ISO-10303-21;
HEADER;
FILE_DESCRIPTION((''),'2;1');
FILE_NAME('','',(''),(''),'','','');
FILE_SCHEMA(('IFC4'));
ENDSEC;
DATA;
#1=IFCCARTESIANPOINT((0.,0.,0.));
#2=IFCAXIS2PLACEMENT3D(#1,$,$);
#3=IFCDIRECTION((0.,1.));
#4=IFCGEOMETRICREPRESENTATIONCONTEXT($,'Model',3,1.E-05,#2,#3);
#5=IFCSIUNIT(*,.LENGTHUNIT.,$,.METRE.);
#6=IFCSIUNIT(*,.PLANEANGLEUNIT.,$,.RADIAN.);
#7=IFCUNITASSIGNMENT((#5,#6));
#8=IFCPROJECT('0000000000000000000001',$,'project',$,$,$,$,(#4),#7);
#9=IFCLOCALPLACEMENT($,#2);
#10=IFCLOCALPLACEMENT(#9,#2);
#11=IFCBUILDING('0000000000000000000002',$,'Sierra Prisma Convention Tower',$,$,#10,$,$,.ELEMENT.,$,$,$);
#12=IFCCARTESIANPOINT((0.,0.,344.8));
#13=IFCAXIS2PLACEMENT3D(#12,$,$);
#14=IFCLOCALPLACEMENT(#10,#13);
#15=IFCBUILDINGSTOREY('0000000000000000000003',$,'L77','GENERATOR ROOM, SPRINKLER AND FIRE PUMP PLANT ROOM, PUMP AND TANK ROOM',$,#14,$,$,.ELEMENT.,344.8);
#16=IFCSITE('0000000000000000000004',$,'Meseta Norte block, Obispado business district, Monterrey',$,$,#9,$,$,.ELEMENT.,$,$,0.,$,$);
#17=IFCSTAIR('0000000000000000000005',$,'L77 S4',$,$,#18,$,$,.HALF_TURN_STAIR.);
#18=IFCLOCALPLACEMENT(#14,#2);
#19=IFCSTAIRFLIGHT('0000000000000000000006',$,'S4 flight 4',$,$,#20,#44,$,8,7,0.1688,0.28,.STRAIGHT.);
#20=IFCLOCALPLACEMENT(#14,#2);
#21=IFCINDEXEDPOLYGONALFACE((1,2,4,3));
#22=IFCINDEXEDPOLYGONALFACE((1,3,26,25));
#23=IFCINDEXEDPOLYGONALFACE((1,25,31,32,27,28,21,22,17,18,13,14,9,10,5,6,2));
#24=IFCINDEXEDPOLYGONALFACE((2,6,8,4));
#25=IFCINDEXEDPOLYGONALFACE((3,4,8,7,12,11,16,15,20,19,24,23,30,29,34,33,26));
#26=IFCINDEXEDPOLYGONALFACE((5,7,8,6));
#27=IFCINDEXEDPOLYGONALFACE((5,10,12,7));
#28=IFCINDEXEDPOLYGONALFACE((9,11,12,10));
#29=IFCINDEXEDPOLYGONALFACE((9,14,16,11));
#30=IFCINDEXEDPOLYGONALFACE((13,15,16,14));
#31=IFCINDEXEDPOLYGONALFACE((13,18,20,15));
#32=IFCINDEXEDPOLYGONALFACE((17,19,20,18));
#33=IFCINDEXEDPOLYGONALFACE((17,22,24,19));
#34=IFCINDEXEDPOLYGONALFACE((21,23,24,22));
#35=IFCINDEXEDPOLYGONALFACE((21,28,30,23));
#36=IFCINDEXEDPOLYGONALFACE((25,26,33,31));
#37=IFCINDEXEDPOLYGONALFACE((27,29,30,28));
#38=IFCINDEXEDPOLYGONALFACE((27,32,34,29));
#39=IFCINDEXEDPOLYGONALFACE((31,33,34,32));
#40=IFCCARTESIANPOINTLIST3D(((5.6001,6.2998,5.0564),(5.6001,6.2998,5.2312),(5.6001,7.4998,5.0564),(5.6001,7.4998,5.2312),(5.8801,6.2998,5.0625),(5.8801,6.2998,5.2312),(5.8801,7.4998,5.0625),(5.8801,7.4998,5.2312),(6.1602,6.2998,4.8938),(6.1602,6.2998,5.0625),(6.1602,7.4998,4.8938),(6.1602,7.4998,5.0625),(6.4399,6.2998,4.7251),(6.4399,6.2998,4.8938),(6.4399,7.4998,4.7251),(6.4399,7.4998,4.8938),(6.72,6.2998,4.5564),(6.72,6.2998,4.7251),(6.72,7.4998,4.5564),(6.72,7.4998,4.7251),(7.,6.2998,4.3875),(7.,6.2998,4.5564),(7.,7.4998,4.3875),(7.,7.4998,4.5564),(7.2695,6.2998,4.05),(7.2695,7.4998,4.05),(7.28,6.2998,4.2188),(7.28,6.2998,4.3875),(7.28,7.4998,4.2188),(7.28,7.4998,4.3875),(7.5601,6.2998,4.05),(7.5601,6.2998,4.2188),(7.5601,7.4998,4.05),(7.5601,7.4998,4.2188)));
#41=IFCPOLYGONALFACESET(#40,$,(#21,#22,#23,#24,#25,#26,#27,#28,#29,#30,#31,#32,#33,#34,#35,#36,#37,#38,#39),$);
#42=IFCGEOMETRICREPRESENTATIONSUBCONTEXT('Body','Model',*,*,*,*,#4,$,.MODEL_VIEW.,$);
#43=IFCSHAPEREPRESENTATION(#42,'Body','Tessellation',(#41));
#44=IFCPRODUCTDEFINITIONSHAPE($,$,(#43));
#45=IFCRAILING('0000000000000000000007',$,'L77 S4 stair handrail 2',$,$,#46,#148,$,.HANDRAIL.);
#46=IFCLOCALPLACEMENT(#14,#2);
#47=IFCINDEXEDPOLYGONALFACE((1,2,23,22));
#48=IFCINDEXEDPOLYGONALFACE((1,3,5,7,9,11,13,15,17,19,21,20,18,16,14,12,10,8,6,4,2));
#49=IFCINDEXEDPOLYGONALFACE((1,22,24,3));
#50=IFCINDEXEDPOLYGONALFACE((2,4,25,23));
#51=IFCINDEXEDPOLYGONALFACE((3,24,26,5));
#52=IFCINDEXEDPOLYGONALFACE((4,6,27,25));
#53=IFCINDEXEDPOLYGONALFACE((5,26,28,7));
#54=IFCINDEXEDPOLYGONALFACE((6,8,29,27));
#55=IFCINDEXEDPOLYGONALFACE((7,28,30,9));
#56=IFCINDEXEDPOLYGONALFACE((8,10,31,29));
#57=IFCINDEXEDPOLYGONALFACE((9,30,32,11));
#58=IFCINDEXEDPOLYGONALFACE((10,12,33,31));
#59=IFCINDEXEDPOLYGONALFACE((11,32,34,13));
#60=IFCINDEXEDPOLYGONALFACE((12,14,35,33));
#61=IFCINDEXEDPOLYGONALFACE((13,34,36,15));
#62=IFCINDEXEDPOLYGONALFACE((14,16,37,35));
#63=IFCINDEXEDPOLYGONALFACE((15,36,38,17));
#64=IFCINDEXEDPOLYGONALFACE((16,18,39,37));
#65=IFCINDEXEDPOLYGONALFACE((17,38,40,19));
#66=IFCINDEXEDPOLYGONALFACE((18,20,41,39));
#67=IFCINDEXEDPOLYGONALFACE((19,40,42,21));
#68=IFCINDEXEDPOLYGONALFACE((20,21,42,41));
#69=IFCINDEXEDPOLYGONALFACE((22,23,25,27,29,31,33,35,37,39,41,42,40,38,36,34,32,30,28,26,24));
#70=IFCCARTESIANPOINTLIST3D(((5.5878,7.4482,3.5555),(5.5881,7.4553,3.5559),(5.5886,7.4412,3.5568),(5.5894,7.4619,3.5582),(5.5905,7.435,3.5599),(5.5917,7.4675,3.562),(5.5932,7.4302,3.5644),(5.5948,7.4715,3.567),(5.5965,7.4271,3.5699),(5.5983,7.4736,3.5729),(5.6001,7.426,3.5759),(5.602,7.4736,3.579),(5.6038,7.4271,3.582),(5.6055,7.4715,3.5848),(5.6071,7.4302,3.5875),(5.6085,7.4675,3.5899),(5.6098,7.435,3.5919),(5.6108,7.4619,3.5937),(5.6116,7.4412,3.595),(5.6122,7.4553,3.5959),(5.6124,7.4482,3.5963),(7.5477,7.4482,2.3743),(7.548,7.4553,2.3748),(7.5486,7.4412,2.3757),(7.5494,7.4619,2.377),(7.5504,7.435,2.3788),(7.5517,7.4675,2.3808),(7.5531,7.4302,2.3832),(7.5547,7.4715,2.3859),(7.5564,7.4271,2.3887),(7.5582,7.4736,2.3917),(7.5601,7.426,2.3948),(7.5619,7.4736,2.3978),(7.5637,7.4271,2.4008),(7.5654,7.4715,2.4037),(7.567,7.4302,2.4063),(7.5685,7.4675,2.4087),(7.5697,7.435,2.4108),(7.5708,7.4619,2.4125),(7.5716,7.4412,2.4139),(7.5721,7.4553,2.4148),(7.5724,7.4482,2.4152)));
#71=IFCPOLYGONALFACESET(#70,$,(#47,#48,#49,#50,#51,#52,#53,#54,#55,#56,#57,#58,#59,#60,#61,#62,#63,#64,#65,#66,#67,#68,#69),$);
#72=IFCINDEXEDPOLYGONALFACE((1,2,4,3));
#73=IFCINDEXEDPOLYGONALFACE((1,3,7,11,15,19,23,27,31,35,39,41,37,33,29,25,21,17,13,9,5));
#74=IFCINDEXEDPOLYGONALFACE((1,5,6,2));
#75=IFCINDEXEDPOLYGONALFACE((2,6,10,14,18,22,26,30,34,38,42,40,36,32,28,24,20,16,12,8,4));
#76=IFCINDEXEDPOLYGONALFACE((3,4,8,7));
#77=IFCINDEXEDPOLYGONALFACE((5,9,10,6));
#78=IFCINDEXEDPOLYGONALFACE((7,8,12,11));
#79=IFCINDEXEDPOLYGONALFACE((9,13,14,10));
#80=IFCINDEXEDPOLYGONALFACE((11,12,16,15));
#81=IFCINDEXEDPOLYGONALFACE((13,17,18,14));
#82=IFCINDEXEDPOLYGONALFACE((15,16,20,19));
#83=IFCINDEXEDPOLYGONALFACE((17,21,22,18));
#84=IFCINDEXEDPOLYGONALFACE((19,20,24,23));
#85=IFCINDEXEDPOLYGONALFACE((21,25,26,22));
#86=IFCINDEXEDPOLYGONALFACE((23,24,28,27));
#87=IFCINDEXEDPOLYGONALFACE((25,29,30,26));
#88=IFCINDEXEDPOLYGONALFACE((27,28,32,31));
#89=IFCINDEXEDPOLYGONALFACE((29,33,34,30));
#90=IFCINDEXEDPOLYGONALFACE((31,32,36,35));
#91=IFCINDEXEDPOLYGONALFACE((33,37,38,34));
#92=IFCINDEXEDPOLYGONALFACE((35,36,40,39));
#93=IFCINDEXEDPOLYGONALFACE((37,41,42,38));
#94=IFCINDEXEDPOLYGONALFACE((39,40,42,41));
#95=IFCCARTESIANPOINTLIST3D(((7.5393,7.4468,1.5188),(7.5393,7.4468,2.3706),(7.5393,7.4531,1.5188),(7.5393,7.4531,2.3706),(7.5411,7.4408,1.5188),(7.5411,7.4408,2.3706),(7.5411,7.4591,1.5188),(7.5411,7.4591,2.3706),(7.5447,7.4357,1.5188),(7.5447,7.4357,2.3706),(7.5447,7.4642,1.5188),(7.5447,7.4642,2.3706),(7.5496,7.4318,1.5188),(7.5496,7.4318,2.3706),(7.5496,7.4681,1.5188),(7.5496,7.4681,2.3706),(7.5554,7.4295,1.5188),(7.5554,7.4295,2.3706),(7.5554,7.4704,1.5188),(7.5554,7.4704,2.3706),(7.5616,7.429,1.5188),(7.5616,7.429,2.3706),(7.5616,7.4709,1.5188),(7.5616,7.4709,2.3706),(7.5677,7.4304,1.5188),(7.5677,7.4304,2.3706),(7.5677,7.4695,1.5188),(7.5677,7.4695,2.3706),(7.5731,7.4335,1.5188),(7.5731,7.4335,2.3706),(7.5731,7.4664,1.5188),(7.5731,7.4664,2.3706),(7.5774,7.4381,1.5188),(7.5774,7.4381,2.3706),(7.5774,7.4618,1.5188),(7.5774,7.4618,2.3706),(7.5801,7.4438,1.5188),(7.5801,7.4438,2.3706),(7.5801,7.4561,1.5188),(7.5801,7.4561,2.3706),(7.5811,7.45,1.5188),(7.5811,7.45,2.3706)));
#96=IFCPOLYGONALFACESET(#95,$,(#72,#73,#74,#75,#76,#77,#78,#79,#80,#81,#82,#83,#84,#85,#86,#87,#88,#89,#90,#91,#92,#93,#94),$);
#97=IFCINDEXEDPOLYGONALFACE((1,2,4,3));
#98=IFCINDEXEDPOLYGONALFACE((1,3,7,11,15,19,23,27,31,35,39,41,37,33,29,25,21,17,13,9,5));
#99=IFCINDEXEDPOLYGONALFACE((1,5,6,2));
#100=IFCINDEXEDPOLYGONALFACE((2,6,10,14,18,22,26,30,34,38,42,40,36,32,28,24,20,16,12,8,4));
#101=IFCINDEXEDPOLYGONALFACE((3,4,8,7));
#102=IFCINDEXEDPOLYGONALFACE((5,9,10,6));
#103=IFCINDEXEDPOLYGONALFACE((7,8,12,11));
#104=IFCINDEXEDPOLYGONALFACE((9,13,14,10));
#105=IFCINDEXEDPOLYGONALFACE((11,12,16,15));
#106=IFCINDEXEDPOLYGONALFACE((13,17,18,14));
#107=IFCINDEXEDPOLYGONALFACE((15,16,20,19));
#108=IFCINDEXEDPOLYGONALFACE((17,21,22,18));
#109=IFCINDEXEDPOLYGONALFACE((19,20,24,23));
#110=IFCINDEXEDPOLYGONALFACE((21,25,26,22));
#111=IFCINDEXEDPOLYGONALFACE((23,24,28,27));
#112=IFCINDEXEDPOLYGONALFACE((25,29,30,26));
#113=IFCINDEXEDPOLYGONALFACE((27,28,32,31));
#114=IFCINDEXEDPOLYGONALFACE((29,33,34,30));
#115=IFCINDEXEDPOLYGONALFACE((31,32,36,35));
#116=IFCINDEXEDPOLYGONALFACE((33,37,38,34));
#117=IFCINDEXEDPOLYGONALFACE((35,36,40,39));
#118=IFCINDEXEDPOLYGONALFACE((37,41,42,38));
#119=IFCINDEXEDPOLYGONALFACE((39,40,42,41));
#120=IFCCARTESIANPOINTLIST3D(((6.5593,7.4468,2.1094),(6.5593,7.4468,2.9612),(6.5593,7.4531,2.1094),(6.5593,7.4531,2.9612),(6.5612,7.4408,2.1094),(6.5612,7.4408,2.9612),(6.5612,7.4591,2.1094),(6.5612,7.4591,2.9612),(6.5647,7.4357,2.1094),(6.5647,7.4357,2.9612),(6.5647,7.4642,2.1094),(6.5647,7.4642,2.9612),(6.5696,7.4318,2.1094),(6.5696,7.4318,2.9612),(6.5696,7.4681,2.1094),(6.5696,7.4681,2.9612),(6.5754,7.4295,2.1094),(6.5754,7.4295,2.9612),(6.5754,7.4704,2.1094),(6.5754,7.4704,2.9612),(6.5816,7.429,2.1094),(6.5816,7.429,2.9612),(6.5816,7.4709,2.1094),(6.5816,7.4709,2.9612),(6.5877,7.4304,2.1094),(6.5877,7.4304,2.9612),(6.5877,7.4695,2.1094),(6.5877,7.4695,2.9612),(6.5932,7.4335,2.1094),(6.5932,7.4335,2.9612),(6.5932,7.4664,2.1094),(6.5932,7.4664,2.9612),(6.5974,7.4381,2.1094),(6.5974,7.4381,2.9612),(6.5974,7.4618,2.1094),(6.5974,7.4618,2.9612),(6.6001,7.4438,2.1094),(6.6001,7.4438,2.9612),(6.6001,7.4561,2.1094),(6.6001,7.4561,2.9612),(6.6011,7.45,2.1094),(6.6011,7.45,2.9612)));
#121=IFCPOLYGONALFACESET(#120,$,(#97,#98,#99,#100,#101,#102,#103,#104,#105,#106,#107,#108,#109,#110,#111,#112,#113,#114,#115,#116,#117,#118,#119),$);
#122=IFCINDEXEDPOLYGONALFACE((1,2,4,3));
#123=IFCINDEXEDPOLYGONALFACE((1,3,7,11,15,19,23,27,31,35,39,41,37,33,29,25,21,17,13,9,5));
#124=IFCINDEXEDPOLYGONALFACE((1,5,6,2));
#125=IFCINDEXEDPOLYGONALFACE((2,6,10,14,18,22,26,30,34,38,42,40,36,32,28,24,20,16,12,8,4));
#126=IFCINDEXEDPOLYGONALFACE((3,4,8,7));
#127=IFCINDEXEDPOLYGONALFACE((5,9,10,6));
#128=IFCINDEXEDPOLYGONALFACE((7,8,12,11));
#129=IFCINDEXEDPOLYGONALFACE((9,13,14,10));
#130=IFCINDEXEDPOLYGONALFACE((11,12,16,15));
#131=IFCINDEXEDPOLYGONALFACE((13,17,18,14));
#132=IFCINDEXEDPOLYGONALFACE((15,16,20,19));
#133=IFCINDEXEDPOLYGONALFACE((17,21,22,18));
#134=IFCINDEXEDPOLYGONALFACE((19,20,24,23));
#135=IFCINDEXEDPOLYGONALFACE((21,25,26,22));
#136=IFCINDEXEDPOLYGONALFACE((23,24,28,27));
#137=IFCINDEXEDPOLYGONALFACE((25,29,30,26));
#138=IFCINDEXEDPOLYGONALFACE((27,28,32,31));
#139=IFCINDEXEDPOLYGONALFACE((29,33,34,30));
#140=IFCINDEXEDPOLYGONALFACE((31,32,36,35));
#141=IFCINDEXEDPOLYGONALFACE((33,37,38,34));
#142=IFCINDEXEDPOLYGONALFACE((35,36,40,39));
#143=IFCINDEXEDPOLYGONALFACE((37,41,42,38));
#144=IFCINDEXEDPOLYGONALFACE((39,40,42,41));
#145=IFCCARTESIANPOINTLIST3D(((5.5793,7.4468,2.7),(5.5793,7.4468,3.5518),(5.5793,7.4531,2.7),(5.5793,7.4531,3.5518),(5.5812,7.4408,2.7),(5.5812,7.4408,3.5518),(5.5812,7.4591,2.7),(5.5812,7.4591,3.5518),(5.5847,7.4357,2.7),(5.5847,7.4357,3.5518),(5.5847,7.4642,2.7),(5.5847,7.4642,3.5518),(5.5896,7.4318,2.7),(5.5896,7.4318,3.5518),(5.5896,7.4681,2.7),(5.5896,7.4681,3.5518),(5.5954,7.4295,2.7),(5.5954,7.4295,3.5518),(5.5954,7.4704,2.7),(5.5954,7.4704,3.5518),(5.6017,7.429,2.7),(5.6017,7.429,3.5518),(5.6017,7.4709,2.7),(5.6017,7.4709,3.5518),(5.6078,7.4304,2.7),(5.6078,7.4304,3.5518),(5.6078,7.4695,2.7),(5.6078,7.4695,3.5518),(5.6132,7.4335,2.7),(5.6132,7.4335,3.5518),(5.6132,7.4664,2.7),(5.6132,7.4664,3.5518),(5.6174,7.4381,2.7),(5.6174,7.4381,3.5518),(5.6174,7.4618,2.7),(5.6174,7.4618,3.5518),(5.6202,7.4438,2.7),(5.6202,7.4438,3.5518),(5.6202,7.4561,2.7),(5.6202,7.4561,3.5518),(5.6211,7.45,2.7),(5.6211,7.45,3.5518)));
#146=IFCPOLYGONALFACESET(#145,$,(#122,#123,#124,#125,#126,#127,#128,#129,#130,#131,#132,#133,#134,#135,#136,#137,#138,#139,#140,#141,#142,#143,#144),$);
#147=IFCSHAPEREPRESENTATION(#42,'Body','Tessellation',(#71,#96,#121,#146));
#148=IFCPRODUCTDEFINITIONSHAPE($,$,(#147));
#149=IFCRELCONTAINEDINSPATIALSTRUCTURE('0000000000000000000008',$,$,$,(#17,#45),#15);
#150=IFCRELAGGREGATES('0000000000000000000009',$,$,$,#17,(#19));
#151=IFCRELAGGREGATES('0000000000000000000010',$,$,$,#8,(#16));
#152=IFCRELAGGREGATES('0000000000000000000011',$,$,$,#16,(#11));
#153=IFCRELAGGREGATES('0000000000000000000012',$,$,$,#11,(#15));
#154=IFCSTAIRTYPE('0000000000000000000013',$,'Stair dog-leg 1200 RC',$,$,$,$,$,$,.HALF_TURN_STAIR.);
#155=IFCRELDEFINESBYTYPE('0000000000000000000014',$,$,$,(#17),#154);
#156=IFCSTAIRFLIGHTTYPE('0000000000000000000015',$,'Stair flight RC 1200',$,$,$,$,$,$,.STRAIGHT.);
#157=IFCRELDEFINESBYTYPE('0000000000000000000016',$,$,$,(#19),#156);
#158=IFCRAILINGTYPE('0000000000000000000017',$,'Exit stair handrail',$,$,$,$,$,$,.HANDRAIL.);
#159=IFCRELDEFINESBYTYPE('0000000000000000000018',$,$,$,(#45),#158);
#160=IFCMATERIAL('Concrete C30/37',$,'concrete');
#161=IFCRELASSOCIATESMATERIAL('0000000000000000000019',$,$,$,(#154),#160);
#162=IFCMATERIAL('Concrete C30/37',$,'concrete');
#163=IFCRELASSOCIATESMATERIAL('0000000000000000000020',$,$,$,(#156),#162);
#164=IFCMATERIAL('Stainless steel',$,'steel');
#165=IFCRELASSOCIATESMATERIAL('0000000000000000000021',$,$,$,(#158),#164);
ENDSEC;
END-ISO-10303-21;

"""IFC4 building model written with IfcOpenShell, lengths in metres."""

from ifc_helpers import new_model, si_unit, direction, frame, origin, origin_2d, place, context, subcontext, project, spatial, polyline, circle, outline, extrude, material, type_object, element, aggregate, save


model = new_model("IFC4")

# Units and contexts
model_context = context("Model", 3, precision=1e-05, world=origin(), true_north=direction((0.0, 1.0)))
body_context = subcontext(model_context, "Body", "Model", "MODEL_VIEW")
ifc_project = project(units=[si_unit("LENGTHUNIT", "METRE"), si_unit("PLANEANGLEUNIT", "RADIAN")], contexts=[model_context])

# Site, building, storey
site_placement = place(None, origin())
site = spatial("IfcSite", under=ifc_project, at=site_placement, Name="Meseta Norte block, Obispado business district, Monterrey", CompositionType="ELEMENT", RefElevation=0.0)
building_placement = place(site_placement, origin())
building = spatial("IfcBuilding", under=site, at=building_placement, Name="Sierra Prisma Convention Tower", CompositionType="ELEMENT")
storey_placement = place(building_placement, frame((0.0, 0.0, 344.8)))
storey = spatial("IfcBuildingStorey", under=building, at=storey_placement, Name="L77", Description="GENERATOR ROOM, SPRINKLER AND FIRE PUMP PLANT ROOM, PUMP AND TANK ROOM", CompositionType="ELEMENT", Elevation=344.8)

# Stair, stair flight
ifc_material_1 = material(Name="Concrete C30/37", Category="concrete")
stair_type = type_object("IfcStairType", Name="Stair dog-leg 1200 RC", PredefinedType="HALF_TURN_STAIR", material=ifc_material_1)
stair_placement = place(storey_placement, origin())
stair = element("IfcStair", 1, at=stair_placement, inside=storey, type_object=stair_type, Name="L77 S4", PredefinedType="HALF_TURN_STAIR")
ifc_material_2 = material(Name="Concrete C30/37", Category="concrete")
stair_flight_type = type_object("IfcStairFlightType", Name="Stair flight RC 1200", PredefinedType="STRAIGHT", material=ifc_material_2)
stair_flight_1_placement = place(storey_placement, frame((7.5601, 6.8999, 4.05), z_axis=(0.0, 0.0, 1.0), x_axis=(-1.0, 0.0, 0.0)))
stair_flight_1 = element("IfcStairFlight", 2, at=stair_flight_1_placement, type_object=stair_flight_type, Name="S4 flight 4", NumberOfRisers=8, NumberOfTreads=7, PredefinedType="STRAIGHT", RiserHeight=0.1688, TreadLength=0.28, context=body_context, shape_type="SweptSolid", body=[
    extrude(outline(polyline([(0.0, 0.0), (0.0, 0.1687), (0.28, 0.1687), (0.28, 0.3374), (0.5601, 0.3374), (0.5601, 0.5063), (0.8401, 0.5063), (0.8401, 0.675), (1.1201, 0.675), (1.1201, 0.8438), (1.3999, 0.8438), (1.3999, 1.0125), (1.6799, 1.0125), (1.6799, 1.1812), (1.96, 1.1812), (1.96, 1.3501), (1.96, 1.0063), (0.2905, 0.0), (0.0, 0.0)])), frame((0.0, 0.6001, 0.0), z_axis=(0.0, -1.0, 0.0), x_axis=(1.0, 0.0, 0.0)), (0.0, 0.0, 1.0), 1.2),
])
aggregate(stair, [stair_flight_1])

# Railing
ifc_material_3 = material(Name="Stainless steel", Category="steel")
railing_type_1 = type_object("IfcRailingType", Name="Exit stair handrail", PredefinedType="HANDRAIL", material=ifc_material_3)
for number, where, name in (
    (3, (7.5601, 7.45, 1.5188), "L77 S4 stair handrail 2"),
):
    element("IfcRailing", number, at=place(storey_placement, frame(where)), inside=storey, type_object=railing_type_1, Name=name, PredefinedType="HANDRAIL", context=body_context, shape_type="SweptSolid", body=[
        extrude(circle(Radius=0.0239, at=origin_2d()), frame((0.0, 0.0, 0.876), z_axis=(-0.856493, 0.0, 0.516158), x_axis=(0.0, -1.0, 0.0)), (0.0, 0.0, 1.0), 2.2883),
        extrude(circle(Radius=0.021, at=origin_2d()), origin(), (0.0, 0.0, 1.0), 0.8518),
        extrude(circle(Radius=0.021, at=origin_2d()), frame((-0.98, 0.0, 0.5906)), (0.0, 0.0, 1.0), 0.8518),
        extrude(circle(Radius=0.021, at=origin_2d()), frame((-1.96, 0.0, 1.1812)), (0.0, 0.0, 1.0), 0.8518),
    ])

save(model, "model.ifc")
